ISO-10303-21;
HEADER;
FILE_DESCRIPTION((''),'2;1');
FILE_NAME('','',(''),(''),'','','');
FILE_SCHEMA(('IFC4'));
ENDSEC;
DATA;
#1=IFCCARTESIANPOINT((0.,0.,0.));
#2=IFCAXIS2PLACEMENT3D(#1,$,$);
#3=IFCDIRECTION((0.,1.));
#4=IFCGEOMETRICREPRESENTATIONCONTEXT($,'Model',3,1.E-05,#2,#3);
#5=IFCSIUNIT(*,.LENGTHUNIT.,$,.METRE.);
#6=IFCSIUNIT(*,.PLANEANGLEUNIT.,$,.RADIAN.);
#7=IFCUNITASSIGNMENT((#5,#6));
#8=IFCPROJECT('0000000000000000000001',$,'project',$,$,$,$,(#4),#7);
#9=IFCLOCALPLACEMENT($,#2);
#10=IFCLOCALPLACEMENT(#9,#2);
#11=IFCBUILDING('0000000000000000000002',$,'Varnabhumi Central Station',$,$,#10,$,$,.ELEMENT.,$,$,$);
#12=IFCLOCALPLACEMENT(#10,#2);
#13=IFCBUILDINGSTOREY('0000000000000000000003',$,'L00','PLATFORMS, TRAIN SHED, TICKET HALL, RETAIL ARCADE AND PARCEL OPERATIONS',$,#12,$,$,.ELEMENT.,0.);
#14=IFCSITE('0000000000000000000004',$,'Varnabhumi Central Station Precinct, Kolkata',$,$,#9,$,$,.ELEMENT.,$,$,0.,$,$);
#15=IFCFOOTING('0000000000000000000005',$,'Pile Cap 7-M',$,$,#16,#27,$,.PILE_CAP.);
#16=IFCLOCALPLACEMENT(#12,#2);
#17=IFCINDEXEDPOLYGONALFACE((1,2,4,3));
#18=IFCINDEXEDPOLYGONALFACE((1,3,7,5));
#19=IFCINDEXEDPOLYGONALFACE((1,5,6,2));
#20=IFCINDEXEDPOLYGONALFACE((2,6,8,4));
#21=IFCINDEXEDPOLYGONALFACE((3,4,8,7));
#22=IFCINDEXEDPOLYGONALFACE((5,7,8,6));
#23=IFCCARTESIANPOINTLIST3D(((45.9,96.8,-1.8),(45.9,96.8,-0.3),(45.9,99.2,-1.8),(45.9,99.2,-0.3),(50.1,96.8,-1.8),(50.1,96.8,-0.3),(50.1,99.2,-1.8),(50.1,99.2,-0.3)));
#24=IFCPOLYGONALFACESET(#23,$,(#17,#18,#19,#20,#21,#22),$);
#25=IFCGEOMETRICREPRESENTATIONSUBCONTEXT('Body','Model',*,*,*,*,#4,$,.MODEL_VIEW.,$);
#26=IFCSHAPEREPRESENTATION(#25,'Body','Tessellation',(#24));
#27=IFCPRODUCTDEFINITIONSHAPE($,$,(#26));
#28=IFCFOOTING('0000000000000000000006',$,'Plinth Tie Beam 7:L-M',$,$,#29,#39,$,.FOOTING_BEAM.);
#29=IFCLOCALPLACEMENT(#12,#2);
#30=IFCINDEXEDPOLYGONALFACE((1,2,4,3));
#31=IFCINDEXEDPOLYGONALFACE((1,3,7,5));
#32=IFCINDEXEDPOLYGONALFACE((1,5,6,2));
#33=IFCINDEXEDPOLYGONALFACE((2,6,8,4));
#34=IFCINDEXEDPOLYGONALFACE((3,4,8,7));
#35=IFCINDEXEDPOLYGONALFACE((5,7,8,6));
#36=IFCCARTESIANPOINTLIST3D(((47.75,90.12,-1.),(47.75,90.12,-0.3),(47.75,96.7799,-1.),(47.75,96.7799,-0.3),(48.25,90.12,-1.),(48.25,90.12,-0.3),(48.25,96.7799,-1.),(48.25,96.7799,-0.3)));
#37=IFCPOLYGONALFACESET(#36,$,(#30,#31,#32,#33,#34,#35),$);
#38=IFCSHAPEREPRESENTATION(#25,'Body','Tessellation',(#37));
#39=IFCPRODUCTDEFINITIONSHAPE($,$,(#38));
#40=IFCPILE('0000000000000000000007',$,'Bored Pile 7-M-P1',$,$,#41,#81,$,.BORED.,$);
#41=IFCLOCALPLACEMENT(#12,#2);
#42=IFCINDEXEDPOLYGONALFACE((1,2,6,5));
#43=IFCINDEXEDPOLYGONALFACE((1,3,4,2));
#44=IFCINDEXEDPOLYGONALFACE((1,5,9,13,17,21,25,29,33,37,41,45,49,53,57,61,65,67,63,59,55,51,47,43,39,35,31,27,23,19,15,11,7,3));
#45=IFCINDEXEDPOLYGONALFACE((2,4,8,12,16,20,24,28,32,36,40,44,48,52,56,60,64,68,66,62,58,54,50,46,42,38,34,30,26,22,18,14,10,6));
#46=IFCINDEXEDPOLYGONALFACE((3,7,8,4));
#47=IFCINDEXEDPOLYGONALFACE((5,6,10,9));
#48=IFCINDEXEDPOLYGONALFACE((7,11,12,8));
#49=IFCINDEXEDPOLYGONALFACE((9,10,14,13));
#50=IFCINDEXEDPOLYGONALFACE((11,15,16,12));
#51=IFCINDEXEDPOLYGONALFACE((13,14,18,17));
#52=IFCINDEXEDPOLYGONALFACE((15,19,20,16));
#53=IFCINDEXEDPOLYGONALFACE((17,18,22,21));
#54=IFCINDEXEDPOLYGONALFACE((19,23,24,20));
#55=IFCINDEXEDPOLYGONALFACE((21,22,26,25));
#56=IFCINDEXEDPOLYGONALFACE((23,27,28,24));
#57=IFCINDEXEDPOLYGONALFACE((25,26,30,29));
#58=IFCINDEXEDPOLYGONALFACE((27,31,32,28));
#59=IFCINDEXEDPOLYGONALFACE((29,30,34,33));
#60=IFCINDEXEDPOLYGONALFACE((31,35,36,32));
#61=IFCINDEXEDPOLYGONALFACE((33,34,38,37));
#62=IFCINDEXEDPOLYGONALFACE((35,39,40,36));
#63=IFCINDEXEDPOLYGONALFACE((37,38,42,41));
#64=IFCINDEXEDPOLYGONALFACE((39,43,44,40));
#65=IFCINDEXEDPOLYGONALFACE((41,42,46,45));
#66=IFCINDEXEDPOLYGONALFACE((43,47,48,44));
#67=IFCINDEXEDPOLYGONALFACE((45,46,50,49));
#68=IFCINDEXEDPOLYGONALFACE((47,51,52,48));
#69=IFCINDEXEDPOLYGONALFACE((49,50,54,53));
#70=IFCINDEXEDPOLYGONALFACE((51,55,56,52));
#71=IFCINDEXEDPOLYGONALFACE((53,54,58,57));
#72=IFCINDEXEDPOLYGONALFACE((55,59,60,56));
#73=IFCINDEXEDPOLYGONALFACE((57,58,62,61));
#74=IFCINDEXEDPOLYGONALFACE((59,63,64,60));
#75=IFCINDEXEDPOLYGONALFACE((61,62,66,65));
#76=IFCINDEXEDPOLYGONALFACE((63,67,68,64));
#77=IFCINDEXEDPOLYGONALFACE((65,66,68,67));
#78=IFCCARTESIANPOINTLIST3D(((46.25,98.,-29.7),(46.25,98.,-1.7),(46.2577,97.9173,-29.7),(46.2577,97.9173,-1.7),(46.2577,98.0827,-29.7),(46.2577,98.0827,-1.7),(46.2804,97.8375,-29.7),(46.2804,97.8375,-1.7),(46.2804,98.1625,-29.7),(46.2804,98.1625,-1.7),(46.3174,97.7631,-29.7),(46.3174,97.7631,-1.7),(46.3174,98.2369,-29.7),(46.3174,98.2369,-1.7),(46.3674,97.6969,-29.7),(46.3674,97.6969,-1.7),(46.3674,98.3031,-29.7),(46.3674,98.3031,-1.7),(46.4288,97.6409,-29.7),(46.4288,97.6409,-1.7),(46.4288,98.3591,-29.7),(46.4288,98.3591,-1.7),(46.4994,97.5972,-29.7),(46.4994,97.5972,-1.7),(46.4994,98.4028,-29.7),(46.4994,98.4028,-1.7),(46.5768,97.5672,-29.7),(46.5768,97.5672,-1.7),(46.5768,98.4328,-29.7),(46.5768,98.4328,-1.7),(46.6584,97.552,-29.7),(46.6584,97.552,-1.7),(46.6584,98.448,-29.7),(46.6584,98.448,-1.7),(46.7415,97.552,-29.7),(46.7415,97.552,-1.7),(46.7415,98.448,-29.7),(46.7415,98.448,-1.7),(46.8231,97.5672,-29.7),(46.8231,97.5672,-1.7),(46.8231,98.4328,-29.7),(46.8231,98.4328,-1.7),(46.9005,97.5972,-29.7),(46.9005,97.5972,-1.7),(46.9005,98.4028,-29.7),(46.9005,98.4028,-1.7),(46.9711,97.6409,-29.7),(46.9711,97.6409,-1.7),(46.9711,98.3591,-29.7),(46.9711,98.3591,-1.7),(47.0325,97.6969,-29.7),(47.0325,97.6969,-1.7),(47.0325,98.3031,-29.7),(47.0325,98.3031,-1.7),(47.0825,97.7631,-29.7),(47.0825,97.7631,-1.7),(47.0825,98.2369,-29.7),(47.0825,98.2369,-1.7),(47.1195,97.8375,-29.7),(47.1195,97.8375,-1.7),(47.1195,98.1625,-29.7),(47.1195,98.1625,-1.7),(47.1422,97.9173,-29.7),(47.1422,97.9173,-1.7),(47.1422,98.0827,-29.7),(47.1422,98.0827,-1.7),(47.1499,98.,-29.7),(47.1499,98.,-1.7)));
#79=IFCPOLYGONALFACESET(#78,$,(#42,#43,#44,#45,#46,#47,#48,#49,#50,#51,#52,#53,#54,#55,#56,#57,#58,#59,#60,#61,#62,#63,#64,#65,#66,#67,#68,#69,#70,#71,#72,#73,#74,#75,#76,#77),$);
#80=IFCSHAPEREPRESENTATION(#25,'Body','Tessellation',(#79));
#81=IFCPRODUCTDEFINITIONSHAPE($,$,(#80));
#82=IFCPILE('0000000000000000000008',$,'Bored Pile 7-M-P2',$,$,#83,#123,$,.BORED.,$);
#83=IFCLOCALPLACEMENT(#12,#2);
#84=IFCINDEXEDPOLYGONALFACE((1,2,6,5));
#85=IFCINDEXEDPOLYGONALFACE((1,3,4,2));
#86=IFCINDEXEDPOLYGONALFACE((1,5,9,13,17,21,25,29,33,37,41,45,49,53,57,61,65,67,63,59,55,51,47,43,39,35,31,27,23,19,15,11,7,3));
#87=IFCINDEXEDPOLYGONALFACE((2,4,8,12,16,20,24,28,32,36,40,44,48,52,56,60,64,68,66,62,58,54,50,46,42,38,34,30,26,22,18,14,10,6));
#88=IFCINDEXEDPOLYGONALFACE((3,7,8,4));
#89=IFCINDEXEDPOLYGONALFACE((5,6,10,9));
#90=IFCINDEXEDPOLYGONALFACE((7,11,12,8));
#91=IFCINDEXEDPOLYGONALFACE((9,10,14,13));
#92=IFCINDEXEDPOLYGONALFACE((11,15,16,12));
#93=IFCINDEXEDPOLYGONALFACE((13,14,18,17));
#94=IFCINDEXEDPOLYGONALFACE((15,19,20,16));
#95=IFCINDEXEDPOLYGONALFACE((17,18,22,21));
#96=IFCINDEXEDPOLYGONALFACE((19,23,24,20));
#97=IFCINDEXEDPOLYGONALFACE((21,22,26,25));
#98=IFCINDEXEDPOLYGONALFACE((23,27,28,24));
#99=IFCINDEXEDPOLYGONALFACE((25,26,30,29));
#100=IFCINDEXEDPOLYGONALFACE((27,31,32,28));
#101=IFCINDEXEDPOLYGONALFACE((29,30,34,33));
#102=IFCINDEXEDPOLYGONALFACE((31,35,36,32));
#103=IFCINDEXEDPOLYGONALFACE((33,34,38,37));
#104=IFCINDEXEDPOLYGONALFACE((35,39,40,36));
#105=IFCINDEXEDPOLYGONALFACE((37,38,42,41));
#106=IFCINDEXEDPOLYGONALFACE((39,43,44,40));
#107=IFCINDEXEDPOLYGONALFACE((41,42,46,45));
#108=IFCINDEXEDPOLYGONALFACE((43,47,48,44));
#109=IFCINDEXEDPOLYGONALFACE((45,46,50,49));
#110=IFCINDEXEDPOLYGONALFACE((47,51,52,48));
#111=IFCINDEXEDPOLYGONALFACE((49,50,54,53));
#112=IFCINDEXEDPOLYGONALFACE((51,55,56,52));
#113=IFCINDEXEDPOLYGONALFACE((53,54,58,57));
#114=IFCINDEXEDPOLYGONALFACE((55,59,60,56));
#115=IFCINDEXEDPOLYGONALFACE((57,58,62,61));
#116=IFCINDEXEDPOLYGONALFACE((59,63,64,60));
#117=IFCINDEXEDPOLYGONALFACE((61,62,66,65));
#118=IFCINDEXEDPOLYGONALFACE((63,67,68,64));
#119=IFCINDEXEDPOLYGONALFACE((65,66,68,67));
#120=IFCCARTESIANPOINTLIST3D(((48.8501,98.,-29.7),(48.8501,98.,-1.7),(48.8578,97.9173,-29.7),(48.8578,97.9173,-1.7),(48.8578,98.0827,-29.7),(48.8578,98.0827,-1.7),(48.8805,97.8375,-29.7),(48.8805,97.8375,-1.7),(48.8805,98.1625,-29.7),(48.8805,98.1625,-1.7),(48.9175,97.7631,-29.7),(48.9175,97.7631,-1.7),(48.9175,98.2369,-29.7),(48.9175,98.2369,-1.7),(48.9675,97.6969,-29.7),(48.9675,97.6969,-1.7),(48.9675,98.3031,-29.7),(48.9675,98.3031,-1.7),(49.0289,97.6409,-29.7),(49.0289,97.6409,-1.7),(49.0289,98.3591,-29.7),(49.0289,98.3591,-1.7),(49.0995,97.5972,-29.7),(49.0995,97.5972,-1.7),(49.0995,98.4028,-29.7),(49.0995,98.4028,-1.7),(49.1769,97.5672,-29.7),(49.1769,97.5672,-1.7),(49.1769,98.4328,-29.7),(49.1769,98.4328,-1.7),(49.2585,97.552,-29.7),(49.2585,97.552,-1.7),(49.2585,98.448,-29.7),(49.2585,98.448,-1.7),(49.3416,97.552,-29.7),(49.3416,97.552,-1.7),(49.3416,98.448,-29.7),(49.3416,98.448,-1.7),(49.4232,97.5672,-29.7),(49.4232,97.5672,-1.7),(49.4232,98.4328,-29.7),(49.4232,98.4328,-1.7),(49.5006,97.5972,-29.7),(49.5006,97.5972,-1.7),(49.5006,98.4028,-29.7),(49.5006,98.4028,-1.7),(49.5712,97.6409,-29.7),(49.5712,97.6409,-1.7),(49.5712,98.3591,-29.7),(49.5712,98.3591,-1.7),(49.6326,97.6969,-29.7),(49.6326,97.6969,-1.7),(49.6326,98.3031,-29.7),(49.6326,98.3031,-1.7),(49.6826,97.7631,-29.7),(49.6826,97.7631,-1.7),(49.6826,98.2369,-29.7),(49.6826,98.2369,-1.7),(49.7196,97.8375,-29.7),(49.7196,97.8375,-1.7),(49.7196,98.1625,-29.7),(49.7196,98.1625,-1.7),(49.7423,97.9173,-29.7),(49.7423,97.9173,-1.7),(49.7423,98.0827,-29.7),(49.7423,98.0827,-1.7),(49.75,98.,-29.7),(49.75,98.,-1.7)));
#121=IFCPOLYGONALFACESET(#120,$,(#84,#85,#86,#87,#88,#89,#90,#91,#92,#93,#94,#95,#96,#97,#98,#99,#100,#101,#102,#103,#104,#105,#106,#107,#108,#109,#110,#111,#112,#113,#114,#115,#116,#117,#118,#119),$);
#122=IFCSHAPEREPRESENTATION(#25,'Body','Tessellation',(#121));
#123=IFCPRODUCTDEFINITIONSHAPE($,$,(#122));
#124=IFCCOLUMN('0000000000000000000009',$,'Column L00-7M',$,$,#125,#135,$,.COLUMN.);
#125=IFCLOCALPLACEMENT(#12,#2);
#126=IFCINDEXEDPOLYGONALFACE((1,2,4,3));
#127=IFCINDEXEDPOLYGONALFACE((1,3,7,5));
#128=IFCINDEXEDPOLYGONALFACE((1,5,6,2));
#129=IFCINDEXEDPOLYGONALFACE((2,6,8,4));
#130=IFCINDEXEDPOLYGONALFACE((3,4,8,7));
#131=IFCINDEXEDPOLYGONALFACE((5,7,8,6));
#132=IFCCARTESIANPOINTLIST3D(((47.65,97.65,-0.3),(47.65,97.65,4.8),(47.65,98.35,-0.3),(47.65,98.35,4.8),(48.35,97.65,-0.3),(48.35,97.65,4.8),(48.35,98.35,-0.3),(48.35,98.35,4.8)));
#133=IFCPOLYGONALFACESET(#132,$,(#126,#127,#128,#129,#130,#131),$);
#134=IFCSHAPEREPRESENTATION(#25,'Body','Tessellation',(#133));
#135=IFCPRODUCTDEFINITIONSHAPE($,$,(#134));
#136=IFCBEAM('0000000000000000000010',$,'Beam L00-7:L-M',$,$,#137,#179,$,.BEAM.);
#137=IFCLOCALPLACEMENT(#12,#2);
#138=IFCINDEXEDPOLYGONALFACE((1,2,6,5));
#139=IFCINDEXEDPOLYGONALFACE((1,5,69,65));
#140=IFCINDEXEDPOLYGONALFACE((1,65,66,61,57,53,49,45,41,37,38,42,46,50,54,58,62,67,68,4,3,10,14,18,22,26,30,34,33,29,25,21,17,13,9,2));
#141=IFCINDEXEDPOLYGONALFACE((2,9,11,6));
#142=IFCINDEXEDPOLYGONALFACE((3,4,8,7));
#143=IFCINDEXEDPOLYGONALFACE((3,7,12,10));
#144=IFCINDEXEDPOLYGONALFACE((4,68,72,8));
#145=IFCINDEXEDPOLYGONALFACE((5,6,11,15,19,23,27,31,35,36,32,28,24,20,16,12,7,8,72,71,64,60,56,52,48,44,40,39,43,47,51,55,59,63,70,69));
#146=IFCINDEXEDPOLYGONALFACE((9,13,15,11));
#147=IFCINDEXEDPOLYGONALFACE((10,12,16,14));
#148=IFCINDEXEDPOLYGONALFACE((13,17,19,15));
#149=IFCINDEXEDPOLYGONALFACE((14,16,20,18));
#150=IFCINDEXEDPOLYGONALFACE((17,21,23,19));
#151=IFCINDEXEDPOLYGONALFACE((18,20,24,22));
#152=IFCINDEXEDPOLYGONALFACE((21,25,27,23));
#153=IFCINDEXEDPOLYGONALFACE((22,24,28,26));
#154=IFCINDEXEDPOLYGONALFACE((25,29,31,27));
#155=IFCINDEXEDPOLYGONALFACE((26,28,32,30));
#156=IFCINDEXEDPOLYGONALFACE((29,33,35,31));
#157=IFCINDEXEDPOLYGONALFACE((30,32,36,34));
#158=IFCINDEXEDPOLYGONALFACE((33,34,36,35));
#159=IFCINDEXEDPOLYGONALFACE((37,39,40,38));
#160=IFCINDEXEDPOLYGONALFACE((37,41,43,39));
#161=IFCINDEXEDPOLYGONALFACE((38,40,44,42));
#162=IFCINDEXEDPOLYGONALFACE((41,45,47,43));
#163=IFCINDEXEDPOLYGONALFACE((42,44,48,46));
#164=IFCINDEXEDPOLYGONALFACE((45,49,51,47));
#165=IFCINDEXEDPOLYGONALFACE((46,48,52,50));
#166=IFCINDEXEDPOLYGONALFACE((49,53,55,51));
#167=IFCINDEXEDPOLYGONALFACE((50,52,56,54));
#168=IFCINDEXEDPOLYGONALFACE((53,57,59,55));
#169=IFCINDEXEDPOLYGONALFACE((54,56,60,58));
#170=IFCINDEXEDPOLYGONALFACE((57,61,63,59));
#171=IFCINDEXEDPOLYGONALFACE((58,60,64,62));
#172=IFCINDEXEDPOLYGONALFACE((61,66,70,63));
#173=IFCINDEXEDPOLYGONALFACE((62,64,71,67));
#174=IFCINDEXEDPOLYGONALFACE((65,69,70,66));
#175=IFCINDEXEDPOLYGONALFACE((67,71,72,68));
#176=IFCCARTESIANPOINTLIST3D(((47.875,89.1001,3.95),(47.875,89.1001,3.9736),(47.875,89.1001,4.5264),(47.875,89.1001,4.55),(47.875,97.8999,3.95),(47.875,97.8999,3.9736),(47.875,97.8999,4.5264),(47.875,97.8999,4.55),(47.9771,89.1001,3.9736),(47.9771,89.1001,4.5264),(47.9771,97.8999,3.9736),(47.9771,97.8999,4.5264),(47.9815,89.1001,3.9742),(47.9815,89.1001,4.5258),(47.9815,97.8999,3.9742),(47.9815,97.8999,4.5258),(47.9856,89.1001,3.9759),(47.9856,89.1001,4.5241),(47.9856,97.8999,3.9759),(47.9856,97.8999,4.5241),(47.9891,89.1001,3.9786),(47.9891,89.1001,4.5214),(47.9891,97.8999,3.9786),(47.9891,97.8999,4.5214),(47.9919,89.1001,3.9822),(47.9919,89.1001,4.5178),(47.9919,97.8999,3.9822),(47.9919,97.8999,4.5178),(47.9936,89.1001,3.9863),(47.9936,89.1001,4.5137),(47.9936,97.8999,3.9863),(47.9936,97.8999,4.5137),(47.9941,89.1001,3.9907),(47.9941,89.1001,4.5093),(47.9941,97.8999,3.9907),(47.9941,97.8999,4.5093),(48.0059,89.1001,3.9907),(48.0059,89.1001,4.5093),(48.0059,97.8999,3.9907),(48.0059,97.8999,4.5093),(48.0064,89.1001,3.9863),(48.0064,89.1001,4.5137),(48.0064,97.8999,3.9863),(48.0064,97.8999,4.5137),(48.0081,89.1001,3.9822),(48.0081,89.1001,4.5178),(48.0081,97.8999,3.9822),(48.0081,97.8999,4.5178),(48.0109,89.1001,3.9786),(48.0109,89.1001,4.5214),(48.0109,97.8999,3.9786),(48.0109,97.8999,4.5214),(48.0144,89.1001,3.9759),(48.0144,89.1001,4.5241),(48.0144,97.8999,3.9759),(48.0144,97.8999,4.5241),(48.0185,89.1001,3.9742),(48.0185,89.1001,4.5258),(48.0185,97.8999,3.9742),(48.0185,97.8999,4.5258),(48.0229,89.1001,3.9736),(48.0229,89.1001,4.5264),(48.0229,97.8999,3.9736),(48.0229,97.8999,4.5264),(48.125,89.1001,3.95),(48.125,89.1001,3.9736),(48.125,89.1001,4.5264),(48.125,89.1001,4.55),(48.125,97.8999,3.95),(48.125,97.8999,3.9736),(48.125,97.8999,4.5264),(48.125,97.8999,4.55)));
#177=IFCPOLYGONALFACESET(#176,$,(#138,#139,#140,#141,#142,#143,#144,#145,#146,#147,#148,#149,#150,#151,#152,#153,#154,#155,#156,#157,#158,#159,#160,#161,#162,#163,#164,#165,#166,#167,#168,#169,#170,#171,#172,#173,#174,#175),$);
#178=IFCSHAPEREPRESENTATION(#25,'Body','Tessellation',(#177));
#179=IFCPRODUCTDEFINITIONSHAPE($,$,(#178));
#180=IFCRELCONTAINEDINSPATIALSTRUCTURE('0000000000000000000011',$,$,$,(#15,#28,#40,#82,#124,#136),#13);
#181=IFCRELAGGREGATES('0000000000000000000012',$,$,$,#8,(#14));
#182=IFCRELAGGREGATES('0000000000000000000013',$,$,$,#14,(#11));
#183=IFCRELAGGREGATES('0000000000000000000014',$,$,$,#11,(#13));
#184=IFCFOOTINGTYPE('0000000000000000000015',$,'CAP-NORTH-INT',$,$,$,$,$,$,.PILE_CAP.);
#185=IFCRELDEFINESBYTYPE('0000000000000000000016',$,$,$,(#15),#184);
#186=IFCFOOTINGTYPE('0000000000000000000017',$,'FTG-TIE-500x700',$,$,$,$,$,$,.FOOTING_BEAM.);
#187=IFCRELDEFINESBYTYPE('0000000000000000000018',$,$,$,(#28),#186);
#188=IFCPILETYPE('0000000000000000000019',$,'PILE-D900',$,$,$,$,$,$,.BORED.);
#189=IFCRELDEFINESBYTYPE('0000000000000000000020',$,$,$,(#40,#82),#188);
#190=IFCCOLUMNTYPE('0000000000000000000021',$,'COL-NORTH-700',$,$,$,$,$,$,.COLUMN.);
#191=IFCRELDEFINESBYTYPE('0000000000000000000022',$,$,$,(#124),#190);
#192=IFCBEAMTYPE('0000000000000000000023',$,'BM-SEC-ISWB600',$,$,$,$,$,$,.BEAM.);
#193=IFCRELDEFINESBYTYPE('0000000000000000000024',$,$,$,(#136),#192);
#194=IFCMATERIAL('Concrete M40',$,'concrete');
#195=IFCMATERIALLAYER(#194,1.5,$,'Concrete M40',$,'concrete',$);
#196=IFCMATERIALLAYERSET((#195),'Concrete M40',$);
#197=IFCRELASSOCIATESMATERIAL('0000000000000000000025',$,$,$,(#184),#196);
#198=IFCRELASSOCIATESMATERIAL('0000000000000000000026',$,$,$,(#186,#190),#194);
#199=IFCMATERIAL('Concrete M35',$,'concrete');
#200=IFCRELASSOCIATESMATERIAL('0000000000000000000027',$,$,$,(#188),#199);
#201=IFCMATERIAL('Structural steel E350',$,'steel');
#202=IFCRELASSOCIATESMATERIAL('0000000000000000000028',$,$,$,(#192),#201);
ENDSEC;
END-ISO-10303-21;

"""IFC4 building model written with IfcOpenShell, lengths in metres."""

from ifc_helpers import new_model, si_unit, direction, frame, origin, origin_2d, place, context, subcontext, project, spatial, rectangle, circle, i_section, extrude, material, layer, layer_set, material_profile, profile_set, type_object, element, save


model = new_model("IFC4")

# Units and contexts
model_context = context("Model", 3, precision=1e-05, world=origin(), true_north=direction((0.0, 1.0)))
body_context = subcontext(model_context, "Body", "Model", "MODEL_VIEW")
ifc_project = project(units=[si_unit("LENGTHUNIT", "METRE"), si_unit("PLANEANGLEUNIT", "RADIAN")], contexts=[model_context])

# Site, building, storey
site_placement = place(None, origin())
site = spatial("IfcSite", under=ifc_project, at=site_placement, Name="Varnabhumi Central Station Precinct, Kolkata", CompositionType="ELEMENT", RefElevation=0.0)
building_placement = place(site_placement, origin())
building = spatial("IfcBuilding", under=site, at=building_placement, Name="Varnabhumi Central Station", CompositionType="ELEMENT")
storey_placement = place(building_placement, origin())
storey = spatial("IfcBuildingStorey", under=building, at=storey_placement, Name="L00", Description="PLATFORMS, TRAIN SHED, TICKET HALL, RETAIL ARCADE AND PARCEL OPERATIONS", CompositionType="ELEMENT", Elevation=0.0)

# Footings
ifc_material_1 = material(Name="Concrete M40", Category="concrete")
ifc_layer_1 = layer(ifc_material_1, 1.5, Name="Concrete M40", Category="concrete")
ifc_layer_set_1 = layer_set([ifc_layer_1], Name="Concrete M40")
footing_type_1 = type_object("IfcFootingType", Name="CAP-NORTH-INT", PredefinedType="PILE_CAP", material=ifc_layer_set_1)
footing_1_placement = place(storey_placement, frame((48.0, 98.0, -1.8), z_axis=(0.0, 0.0, 1.0), x_axis=(1.0, 0.0, 0.0)))
element("IfcFooting", 1, at=footing_1_placement, inside=storey, type_object=footing_type_1, Name="Pile Cap 7-M", PredefinedType="PILE_CAP", context=body_context, shape_type="SweptSolid", body=[
    extrude(rectangle(XDim=4.2, YDim=2.3999, at=origin_2d()), origin(), (0.0, 0.0, 1.0), 1.5),
])
footing_type_2 = type_object("IfcFootingType", Name="FTG-TIE-500x700", PredefinedType="FOOTING_BEAM", material=ifc_material_1)
footing_2_placement = place(storey_placement, frame((48.0, 93.45, -1.0), z_axis=(0.0, 0.0, 1.0), x_axis=(1.0, 0.0, 0.0)))
element("IfcFooting", 2, at=footing_2_placement, inside=storey, type_object=footing_type_2, Name="Plinth Tie Beam 7:L-M", PredefinedType="FOOTING_BEAM", context=body_context, shape_type="SweptSolid", body=[
    extrude(rectangle(XDim=0.5, YDim=6.6599, at=origin_2d()), origin(), (0.0, 0.0, 1.0), 0.7),
])

# Piles
ifc_material_2 = material(Name="Concrete M35", Category="concrete")
ifc_material_profile_1 = material_profile(ifc_material_2, circle(Radius=0.45, at=origin_2d()), Name="Concrete M35", Category="concrete")
ifc_profile_set_1 = profile_set([ifc_material_profile_1], Name="Concrete M35")
pile_type = type_object("IfcPileType", Name="PILE-D900", PredefinedType="BORED", material=ifc_profile_set_1)
for number, where, z_axis, x_axis, name in (
    (3, (46.7, 98.0, -1.7), (0.0, 0.0, -1.0), (1.0, 0.0, 0.0), "Bored Pile 7-M-P1"),
    (4, (49.3, 98.0, -1.7), (0.0, 0.0, -1.0), (1.0, 0.0, 0.0), "Bored Pile 7-M-P2"),
):
    element("IfcPile", number, at=place(storey_placement, frame(where, z_axis=z_axis, x_axis=x_axis)), inside=storey, type_object=pile_type, Name=name, PredefinedType="BORED", context=body_context, shape_type="SweptSolid", body=[
        extrude(circle(Radius=0.45, at=origin_2d()), origin(), (0.0, 0.0, 1.0), 28.0),
    ])

# Column
ifc_material_profile_2 = material_profile(ifc_material_1, rectangle(XDim=0.7, YDim=0.7, at=origin_2d()), Name="Concrete M40", Category="concrete")
ifc_profile_set_2 = profile_set([ifc_material_profile_2], Name="Concrete M40")
column_type = type_object("IfcColumnType", Name="COL-NORTH-700", PredefinedType="COLUMN", material=ifc_profile_set_2)
column_placement = place(storey_placement, frame((48.0, 98.0, -0.3), z_axis=(0.0, 0.0, 1.0), x_axis=(1.0, 0.0, 0.0)))
element("IfcColumn", 5, at=column_placement, inside=storey, type_object=column_type, Name="Column L00-7M", PredefinedType="COLUMN", context=body_context, shape_type="SweptSolid", body=[
    extrude(rectangle(XDim=0.7, YDim=0.7, at=origin_2d()), origin(), (0.0, 0.0, 1.0), 5.1001),
])

# Beam
ifc_material_3 = material(Name="Structural steel E350", Category="steel")
ifc_material_profile_3 = material_profile(ifc_material_3, i_section(OverallWidth=0.25, OverallDepth=0.6001, WebThickness=0.0117, FlangeThickness=0.0237, FilletRadius=0.0171, at=origin_2d()), Name="Structural steel E350", Category="steel")
ifc_profile_set_3 = profile_set([ifc_material_profile_3], Name="Structural steel E350")
beam_type = type_object("IfcBeamType", Name="BM-SEC-ISWB600", PredefinedType="BEAM", material=ifc_profile_set_3)
for number, where, z_axis, x_axis, name in (
    (6, (48.0, 89.1001, 4.25), (0.0, 1.0, 0.0), (-1.0, 0.0, 0.0), "Beam L00-7:L-M"),
):
    element("IfcBeam", number, at=place(storey_placement, frame(where, z_axis=z_axis, x_axis=x_axis)), inside=storey, type_object=beam_type, Name=name, PredefinedType="BEAM", context=body_context, shape_type="SweptSolid", body=[
        extrude(i_section(OverallWidth=0.25, OverallDepth=0.6001, WebThickness=0.0117, FlangeThickness=0.0237, FilletRadius=0.0171, at=origin_2d()), origin(), (0.0, 0.0, 1.0), 8.7998),
    ])

save(model, "model.ifc")
